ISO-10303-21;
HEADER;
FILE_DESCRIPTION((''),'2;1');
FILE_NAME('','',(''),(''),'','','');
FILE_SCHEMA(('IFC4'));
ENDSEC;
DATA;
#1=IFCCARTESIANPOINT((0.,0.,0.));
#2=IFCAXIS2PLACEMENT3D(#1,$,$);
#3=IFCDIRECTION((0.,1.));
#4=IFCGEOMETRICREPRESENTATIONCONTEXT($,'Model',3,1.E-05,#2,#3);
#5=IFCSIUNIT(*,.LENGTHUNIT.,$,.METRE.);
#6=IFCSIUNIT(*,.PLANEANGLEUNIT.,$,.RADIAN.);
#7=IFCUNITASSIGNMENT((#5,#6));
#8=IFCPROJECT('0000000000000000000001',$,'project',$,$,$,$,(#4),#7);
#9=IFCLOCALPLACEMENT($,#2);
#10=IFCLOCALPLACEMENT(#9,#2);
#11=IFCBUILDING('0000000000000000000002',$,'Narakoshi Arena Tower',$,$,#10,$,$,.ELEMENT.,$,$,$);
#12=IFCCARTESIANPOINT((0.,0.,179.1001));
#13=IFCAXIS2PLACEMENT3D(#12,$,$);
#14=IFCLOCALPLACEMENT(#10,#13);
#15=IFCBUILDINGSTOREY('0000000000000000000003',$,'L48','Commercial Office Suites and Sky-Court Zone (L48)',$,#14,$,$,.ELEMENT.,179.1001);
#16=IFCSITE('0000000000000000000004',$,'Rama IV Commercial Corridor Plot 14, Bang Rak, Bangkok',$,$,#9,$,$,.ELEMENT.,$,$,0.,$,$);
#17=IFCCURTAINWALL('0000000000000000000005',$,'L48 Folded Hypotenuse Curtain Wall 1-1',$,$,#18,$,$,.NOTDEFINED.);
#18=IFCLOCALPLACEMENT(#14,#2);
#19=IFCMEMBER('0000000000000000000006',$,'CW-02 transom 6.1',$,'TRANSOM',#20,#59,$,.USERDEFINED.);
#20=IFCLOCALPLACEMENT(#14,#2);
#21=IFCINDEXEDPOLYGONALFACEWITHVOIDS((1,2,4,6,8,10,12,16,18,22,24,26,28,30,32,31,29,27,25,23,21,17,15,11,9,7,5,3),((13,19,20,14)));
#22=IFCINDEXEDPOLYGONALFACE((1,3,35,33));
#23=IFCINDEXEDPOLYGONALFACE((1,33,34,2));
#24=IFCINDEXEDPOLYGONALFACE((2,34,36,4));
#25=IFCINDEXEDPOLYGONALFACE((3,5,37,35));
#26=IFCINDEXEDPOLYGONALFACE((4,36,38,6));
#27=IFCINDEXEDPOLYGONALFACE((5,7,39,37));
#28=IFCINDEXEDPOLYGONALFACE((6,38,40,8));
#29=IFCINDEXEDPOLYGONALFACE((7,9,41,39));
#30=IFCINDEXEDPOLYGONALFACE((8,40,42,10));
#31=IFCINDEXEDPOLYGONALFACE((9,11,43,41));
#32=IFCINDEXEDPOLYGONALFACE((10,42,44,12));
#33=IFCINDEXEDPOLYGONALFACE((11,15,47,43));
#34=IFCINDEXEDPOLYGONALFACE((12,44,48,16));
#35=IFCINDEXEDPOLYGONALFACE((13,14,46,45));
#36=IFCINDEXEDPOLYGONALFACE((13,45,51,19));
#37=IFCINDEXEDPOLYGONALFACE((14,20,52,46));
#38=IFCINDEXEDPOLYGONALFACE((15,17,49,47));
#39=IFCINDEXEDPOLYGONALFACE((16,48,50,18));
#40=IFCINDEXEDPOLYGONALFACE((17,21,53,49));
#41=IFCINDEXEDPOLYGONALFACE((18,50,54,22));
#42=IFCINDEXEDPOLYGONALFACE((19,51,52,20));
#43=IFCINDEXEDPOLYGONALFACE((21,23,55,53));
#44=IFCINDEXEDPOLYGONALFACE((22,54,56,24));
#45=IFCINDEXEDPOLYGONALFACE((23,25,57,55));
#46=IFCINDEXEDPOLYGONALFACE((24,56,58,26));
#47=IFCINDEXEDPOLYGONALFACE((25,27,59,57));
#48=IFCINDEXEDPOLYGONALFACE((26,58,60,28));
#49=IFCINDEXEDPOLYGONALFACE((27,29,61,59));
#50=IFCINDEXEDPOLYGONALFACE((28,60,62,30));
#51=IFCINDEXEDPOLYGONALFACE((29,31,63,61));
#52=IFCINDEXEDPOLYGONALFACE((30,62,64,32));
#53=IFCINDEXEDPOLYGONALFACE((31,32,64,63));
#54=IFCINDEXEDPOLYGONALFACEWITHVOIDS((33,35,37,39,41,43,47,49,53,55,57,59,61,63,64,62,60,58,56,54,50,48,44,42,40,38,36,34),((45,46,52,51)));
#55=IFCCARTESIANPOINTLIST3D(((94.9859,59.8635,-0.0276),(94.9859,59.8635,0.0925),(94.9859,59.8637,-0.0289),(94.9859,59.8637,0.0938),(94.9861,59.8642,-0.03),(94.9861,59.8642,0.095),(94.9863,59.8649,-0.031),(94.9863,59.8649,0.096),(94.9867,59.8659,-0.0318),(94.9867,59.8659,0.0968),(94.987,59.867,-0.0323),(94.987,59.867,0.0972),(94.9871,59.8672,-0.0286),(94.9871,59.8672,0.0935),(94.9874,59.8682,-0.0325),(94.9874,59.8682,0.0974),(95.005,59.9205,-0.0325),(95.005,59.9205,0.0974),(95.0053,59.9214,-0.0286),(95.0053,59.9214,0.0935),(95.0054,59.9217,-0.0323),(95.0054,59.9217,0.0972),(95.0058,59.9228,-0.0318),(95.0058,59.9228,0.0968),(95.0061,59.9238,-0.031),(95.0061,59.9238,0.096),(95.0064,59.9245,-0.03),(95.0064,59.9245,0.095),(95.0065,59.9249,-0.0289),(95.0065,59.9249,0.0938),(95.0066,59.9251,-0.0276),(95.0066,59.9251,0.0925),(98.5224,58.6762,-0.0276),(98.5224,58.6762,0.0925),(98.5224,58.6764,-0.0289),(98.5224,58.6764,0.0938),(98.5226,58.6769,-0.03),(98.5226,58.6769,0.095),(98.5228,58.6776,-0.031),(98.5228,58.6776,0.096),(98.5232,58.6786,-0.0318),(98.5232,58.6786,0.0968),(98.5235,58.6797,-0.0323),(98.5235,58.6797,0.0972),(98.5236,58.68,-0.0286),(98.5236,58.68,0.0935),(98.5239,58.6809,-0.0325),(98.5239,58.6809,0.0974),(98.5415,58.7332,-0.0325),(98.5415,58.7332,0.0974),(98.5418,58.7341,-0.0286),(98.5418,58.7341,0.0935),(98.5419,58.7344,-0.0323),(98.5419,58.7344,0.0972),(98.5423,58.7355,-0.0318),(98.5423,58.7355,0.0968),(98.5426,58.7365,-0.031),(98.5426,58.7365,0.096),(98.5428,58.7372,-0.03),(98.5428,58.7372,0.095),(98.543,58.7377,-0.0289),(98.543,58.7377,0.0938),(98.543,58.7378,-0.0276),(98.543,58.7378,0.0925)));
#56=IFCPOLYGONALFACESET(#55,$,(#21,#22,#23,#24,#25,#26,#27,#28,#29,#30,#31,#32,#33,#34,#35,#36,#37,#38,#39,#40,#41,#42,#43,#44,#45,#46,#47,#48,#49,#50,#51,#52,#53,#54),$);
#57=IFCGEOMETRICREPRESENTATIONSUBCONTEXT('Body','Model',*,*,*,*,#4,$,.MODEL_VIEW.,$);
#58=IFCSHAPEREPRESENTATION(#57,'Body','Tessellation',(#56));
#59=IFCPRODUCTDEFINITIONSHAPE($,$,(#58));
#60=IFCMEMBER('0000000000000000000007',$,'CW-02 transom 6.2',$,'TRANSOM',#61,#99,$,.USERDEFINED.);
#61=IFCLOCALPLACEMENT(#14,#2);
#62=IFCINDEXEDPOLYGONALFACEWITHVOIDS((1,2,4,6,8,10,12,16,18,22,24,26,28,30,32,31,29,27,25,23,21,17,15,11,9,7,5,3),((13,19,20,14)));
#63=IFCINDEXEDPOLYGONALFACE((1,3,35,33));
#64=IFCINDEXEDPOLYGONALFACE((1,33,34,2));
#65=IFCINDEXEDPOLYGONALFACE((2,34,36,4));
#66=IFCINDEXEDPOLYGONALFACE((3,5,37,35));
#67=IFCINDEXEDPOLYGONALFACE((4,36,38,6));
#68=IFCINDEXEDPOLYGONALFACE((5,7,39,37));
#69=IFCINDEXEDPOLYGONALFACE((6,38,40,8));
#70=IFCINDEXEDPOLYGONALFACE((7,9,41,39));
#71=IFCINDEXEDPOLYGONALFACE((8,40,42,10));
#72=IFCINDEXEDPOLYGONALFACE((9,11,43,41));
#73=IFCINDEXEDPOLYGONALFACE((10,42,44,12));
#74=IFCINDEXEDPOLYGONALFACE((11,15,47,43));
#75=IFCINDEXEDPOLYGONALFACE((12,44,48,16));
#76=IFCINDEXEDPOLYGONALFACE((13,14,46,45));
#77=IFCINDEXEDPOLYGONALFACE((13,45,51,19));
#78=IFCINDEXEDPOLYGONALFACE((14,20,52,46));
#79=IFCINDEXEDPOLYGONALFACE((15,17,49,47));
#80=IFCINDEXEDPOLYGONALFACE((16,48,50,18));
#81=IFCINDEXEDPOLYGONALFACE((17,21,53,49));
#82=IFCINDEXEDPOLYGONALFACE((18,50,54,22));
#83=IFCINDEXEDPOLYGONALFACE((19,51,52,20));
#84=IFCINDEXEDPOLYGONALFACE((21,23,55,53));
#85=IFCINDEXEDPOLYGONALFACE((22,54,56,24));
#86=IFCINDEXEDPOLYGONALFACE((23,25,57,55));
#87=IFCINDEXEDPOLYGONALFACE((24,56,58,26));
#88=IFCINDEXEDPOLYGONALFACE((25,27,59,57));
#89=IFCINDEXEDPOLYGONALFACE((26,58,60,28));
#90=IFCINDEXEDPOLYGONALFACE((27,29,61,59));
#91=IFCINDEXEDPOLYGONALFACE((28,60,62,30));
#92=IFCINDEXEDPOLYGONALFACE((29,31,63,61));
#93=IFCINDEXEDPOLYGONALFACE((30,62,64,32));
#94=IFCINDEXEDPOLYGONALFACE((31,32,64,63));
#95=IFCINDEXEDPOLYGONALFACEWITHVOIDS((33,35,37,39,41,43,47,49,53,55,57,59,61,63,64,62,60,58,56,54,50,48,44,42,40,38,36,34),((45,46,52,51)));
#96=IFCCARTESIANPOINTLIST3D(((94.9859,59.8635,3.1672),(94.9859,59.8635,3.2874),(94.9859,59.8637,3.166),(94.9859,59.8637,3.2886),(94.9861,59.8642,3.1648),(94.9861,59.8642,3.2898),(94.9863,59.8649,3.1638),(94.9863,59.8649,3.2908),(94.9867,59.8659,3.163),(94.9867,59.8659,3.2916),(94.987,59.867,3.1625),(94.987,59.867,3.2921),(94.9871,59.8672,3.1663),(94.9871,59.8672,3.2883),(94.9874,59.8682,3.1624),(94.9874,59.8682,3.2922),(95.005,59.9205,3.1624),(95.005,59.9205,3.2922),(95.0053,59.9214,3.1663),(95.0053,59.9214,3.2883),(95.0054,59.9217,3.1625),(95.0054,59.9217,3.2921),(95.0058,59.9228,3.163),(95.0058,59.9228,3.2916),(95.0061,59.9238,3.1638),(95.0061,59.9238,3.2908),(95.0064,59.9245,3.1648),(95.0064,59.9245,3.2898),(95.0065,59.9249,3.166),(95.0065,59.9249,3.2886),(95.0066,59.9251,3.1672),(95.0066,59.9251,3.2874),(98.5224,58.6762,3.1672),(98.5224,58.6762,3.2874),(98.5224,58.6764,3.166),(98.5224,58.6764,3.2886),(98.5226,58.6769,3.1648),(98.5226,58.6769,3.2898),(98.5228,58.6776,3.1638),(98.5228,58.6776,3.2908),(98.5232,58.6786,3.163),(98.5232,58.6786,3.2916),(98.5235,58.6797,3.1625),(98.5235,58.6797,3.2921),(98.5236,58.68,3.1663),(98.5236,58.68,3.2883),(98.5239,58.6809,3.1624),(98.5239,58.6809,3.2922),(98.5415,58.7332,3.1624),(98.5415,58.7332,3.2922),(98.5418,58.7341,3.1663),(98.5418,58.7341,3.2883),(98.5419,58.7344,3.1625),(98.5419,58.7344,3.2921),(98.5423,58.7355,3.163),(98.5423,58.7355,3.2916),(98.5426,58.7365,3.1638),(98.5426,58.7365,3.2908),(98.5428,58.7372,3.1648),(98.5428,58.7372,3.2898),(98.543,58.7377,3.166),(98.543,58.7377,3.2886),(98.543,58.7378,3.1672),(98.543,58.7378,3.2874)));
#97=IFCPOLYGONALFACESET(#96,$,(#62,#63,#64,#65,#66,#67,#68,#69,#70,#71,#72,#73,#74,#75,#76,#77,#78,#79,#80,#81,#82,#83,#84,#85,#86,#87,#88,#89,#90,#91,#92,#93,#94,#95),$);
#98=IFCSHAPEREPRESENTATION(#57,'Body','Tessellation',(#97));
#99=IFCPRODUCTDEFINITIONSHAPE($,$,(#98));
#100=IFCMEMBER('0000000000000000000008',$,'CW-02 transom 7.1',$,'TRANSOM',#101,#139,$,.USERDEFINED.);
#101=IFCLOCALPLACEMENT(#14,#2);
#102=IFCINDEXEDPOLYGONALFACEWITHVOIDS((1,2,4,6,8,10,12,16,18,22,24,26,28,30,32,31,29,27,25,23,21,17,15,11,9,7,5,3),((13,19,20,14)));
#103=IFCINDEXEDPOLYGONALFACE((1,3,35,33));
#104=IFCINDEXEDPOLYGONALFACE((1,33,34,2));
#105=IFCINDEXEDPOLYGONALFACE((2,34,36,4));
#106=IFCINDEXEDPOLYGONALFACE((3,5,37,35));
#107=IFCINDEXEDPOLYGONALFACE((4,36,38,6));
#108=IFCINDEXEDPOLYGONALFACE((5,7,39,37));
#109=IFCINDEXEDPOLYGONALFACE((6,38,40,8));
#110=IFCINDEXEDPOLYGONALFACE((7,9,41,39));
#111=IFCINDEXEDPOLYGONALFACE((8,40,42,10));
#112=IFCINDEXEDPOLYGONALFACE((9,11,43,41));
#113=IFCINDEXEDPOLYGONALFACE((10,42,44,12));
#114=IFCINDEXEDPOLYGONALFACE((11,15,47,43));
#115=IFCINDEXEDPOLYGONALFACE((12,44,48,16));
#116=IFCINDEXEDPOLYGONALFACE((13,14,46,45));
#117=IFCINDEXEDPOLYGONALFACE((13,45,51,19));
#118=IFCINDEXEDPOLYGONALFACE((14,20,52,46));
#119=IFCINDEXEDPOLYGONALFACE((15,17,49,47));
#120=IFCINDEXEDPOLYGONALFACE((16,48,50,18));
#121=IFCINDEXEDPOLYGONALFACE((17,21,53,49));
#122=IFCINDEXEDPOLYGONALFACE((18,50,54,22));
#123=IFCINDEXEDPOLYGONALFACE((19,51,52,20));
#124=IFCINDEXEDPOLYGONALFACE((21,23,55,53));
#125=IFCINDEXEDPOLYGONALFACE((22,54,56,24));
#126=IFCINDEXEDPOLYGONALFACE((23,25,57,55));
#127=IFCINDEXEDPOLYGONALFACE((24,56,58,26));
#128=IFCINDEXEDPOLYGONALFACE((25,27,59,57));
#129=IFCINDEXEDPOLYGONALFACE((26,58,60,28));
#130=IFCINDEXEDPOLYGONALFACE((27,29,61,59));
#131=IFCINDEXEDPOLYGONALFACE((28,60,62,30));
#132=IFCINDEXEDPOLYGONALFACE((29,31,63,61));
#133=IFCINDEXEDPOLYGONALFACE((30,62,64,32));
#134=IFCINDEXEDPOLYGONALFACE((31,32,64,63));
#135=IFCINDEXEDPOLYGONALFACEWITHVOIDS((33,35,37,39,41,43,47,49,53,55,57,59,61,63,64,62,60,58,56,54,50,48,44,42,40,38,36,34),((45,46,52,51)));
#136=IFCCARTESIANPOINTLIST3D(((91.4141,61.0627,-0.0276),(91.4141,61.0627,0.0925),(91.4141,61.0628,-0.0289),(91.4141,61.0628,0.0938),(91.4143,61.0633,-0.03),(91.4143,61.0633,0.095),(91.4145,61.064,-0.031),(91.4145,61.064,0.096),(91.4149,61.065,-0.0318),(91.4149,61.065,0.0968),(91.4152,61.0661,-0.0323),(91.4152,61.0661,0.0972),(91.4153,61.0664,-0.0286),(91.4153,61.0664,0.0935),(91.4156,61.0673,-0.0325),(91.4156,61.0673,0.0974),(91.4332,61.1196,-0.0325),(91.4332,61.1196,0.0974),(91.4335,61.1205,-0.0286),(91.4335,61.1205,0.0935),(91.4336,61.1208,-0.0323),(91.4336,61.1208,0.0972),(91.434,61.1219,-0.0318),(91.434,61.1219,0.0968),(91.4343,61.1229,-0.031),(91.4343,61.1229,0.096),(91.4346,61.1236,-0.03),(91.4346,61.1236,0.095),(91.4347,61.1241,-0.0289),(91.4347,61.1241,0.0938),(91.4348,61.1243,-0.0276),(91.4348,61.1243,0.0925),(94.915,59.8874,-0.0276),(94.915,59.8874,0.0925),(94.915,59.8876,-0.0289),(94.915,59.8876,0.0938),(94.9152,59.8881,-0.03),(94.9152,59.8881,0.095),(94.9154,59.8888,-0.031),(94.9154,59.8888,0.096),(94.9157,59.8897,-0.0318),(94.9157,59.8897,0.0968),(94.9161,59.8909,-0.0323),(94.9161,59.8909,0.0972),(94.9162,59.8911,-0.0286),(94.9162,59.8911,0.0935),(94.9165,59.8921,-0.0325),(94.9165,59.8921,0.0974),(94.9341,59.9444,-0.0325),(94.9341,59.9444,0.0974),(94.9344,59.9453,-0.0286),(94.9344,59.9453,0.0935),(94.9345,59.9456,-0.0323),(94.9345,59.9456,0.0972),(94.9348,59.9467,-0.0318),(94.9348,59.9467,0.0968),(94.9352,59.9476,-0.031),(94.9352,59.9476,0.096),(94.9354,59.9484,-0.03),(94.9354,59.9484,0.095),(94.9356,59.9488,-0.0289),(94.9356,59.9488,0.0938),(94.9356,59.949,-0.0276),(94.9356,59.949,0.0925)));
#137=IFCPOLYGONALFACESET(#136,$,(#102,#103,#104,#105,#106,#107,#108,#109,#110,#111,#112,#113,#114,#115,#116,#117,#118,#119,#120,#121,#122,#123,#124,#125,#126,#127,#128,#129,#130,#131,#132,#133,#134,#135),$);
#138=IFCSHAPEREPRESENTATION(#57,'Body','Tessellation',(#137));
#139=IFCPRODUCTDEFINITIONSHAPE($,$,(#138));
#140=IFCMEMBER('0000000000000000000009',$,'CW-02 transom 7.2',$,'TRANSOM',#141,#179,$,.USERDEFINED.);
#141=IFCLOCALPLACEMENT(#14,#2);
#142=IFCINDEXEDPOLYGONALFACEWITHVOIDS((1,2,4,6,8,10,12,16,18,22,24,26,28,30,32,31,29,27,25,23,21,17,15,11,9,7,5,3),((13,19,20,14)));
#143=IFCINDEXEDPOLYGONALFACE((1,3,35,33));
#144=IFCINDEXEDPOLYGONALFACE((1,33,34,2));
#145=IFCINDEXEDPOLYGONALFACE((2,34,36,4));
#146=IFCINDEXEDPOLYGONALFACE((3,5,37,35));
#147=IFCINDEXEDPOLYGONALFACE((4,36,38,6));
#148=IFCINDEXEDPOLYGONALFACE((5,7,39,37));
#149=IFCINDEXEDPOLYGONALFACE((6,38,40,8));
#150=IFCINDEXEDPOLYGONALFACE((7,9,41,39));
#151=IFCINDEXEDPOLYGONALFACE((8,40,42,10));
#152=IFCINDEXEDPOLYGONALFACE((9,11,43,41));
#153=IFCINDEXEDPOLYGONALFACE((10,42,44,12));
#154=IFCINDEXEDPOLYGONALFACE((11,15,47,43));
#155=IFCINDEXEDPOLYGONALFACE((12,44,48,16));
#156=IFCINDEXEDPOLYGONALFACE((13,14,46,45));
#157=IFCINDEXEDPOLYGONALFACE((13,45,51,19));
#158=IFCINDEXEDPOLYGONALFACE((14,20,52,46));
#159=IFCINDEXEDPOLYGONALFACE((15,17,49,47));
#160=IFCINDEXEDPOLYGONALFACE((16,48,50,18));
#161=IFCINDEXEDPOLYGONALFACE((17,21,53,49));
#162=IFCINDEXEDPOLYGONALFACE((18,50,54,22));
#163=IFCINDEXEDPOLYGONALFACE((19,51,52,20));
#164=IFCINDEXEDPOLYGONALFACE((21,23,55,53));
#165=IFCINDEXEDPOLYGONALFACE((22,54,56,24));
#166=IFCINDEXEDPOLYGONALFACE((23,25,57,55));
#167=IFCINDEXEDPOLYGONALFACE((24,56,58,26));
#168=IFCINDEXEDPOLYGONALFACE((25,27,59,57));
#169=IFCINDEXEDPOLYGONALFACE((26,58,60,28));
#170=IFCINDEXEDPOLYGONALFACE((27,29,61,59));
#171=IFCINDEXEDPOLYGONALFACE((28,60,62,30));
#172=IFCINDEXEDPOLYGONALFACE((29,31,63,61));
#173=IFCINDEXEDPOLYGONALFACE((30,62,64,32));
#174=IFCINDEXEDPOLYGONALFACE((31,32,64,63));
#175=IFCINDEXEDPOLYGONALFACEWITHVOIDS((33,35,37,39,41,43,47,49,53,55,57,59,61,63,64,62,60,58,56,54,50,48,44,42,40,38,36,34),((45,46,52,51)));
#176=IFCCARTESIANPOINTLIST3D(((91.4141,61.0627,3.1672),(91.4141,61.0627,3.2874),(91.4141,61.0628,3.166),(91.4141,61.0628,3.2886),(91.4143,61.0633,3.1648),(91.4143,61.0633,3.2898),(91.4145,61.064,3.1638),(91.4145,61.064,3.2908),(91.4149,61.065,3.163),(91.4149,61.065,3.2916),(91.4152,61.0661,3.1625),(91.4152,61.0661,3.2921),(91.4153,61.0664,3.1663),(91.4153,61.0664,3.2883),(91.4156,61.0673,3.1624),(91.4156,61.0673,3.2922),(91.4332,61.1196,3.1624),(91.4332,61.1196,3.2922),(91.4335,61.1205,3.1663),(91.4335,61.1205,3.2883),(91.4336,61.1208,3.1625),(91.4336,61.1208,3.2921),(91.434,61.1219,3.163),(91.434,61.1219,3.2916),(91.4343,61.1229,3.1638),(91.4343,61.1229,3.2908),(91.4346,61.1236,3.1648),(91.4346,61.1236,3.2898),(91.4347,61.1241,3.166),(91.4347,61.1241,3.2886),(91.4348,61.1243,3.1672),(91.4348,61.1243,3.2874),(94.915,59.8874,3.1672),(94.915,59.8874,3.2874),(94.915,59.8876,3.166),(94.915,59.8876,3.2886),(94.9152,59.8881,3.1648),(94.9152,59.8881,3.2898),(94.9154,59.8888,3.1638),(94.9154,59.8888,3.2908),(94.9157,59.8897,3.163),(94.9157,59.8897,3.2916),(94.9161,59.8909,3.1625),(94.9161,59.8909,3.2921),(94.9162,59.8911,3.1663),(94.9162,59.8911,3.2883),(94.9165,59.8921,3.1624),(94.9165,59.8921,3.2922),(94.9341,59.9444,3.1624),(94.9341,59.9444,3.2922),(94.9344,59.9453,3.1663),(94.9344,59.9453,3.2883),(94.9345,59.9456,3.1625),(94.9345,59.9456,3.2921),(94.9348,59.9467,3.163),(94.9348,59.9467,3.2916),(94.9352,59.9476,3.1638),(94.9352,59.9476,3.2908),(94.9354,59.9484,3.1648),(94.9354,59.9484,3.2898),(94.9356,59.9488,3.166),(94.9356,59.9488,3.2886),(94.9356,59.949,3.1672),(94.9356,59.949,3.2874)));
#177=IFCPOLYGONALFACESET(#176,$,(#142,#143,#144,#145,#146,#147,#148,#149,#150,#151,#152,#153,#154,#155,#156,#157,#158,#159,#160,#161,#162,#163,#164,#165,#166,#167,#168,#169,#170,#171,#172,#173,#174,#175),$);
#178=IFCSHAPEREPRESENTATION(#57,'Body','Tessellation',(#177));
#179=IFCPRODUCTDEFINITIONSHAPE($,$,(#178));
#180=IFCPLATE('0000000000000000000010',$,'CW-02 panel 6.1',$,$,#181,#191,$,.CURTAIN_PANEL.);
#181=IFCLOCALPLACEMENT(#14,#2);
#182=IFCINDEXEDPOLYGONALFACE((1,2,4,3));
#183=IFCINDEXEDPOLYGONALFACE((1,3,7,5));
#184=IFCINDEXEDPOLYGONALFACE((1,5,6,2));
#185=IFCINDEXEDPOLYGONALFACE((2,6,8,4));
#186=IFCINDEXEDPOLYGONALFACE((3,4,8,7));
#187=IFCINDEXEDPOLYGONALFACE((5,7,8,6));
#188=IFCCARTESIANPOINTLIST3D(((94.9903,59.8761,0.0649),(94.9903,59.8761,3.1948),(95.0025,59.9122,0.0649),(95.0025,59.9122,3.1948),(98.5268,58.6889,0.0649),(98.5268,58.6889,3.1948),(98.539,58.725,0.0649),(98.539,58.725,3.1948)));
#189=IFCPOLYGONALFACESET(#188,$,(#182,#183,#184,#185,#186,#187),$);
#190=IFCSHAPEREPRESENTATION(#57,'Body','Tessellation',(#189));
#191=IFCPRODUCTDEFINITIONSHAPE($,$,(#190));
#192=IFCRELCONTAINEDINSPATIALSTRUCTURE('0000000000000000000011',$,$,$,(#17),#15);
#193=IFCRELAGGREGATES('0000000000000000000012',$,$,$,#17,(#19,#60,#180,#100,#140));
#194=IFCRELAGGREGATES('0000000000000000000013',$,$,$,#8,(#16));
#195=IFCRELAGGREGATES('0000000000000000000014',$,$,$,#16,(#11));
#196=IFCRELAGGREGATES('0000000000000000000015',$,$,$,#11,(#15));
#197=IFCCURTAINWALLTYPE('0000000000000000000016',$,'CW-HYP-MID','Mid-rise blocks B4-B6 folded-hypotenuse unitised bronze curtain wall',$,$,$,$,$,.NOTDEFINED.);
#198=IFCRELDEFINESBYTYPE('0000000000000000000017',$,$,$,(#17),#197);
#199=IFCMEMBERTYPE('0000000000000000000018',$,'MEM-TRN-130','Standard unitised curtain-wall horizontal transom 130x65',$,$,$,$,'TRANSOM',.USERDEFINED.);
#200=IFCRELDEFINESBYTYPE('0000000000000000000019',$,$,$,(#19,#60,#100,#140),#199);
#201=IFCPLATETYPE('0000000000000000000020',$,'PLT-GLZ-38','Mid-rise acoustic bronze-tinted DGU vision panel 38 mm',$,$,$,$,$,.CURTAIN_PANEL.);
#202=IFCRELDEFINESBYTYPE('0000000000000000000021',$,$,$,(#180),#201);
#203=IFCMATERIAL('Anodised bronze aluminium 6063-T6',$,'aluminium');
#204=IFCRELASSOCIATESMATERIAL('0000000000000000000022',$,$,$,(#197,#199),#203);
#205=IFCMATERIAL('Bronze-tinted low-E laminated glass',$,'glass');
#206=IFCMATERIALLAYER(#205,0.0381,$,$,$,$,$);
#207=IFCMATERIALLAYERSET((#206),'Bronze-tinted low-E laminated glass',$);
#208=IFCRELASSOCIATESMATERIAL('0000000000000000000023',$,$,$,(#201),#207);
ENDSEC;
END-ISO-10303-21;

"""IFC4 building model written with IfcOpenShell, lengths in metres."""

from ifc_helpers import new_model, si_unit, direction, frame, origin, origin_2d, place, context, subcontext, project, spatial, rectangle, hollow_rectangle, extrude, material, layer, layer_set, material_profile, profile_set, type_object, element, aggregate, save


model = new_model("IFC4")

# Units and contexts
model_context = context("Model", 3, precision=1e-05, world=origin(), true_north=direction((0.0, 1.0)))
body_context = subcontext(model_context, "Body", "Model", "MODEL_VIEW")
ifc_project = project(units=[si_unit("LENGTHUNIT", "METRE"), si_unit("PLANEANGLEUNIT", "RADIAN")], contexts=[model_context])

# Site, building, storey
site_placement = place(None, origin())
site = spatial("IfcSite", under=ifc_project, at=site_placement, Name="Rama IV Commercial Corridor Plot 14, Bang Rak, Bangkok", CompositionType="ELEMENT", RefElevation=0.0)
building_placement = place(site_placement, origin())
building = spatial("IfcBuilding", under=site, at=building_placement, Name="Narakoshi Arena Tower", CompositionType="ELEMENT")
storey_placement = place(building_placement, frame((0.0, 0.0, 179.1001)))
storey = spatial("IfcBuildingStorey", under=building, at=storey_placement, Name="L48", Description="Commercial Office Suites and Sky-Court Zone (L48)", CompositionType="ELEMENT", Elevation=179.1001)

# Curtain wall, members, plate
ifc_material_1 = material(Name="Anodised bronze aluminium 6063-T6", Category="aluminium")
curtain_wall_type = type_object("IfcCurtainWallType", Name="CW-HYP-MID", Description="Mid-rise blocks B4-B6 folded-hypotenuse unitised bronze curtain wall", PredefinedType="NOTDEFINED", material=ifc_material_1)
curtain_wall_placement = place(storey_placement, origin())
curtain_wall = element("IfcCurtainWall", 1, at=curtain_wall_placement, inside=storey, type_object=curtain_wall_type, Name="L48 Folded Hypotenuse Curtain Wall 1-1", PredefinedType="NOTDEFINED")
ifc_material_profile_1 = material_profile(ifc_material_1, hollow_rectangle(XDim=0.0649, YDim=0.1299, WallThickness=0.0039, OuterFilletRadius=0.0049, at=origin_2d()), Name="TRN130x65x4")
ifc_profile_set_1 = profile_set([ifc_material_profile_1], Name="Anodised bronze aluminium 6063-T6")
member_type_1 = type_object("IfcMemberType", Name="MEM-TRN-130", Description="Standard unitised curtain-wall horizontal transom 130x65", ElementType="TRANSOM", PredefinedType="USERDEFINED", material=ifc_profile_set_1)
member_1_placement = place(storey_placement, frame((98.5327, 58.707, 0.0325), z_axis=(-0.948, 0.318269, 0.0), x_axis=(-0.318269, -0.948, 0.0)))
member_1 = element("IfcMember", 2, at=member_1_placement, type_object=member_type_1, Name="CW-02 transom 6.1", ObjectType="TRANSOM", PredefinedType="USERDEFINED", context=body_context, shape_type="SweptSolid", body=[
    extrude(hollow_rectangle(XDim=0.0649, YDim=0.1299, WallThickness=0.0039, OuterFilletRadius=0.0049, at=origin_2d()), origin(), (0.0, 0.0, 1.0), 3.7305),
])
member_2_placement = place(storey_placement, frame((98.5327, 58.707, 3.2273), z_axis=(-0.948, 0.318269, 0.0), x_axis=(-0.318269, -0.948, 0.0)))
member_2 = element("IfcMember", 3, at=member_2_placement, type_object=member_type_1, Name="CW-02 transom 6.2", ObjectType="TRANSOM", PredefinedType="USERDEFINED", context=body_context, shape_type="SweptSolid", body=[
    extrude(hollow_rectangle(XDim=0.0649, YDim=0.1299, WallThickness=0.0039, OuterFilletRadius=0.0049, at=origin_2d()), origin(), (0.0, 0.0, 1.0), 3.7305),
])
member_3_placement = place(storey_placement, frame((94.9253, 59.9182, 0.0325), z_axis=(-0.948007, 0.31825, 0.0), x_axis=(-0.31825, -0.948007, 0.0)))
member_3 = element("IfcMember", 4, at=member_3_placement, type_object=member_type_1, Name="CW-02 transom 7.1", ObjectType="TRANSOM", PredefinedType="USERDEFINED", context=body_context, shape_type="SweptSolid", body=[
    extrude(hollow_rectangle(XDim=0.0649, YDim=0.1299, WallThickness=0.0039, OuterFilletRadius=0.0049, at=origin_2d()), origin(), (0.0, 0.0, 1.0), 3.6929),
])
member_4_placement = place(storey_placement, frame((94.9253, 59.9182, 3.2273), z_axis=(-0.948007, 0.31825, 0.0), x_axis=(-0.31825, -0.948007, 0.0)))
member_4 = element("IfcMember", 5, at=member_4_placement, type_object=member_type_1, Name="CW-02 transom 7.2", ObjectType="TRANSOM", PredefinedType="USERDEFINED", context=body_context, shape_type="SweptSolid", body=[
    extrude(hollow_rectangle(XDim=0.0649, YDim=0.1299, WallThickness=0.0039, OuterFilletRadius=0.0049, at=origin_2d()), origin(), (0.0, 0.0, 1.0), 3.6929),
])
ifc_material_2 = material(Name="Bronze-tinted low-E laminated glass", Category="glass")
ifc_layer_1 = layer(ifc_material_2, 0.0381)
ifc_layer_set_1 = layer_set([ifc_layer_1], Name="Bronze-tinted low-E laminated glass")
plate_type = type_object("IfcPlateType", Name="PLT-GLZ-38", Description="Mid-rise acoustic bronze-tinted DGU vision panel 38 mm", PredefinedType="CURTAIN_PANEL", material=ifc_layer_set_1)
plate_1_placement = place(storey_placement, frame((96.7646, 59.3005, 0.0649), z_axis=(0.0, 0.0, 1.0), x_axis=(-0.948003, 0.318261, 0.0)))
plate_1 = element("IfcPlate", 6, at=plate_1_placement, type_object=plate_type, Name="CW-02 panel 6.1", PredefinedType="CURTAIN_PANEL", context=body_context, shape_type="SweptSolid", body=[
    extrude(rectangle(XDim=3.7305, YDim=0.0381, at=origin_2d()), origin(), (0.0, 0.0, 1.0), 3.1299),
])
aggregate(curtain_wall, [member_1, member_2, plate_1, member_3, member_4])

save(model, "model.ifc")
